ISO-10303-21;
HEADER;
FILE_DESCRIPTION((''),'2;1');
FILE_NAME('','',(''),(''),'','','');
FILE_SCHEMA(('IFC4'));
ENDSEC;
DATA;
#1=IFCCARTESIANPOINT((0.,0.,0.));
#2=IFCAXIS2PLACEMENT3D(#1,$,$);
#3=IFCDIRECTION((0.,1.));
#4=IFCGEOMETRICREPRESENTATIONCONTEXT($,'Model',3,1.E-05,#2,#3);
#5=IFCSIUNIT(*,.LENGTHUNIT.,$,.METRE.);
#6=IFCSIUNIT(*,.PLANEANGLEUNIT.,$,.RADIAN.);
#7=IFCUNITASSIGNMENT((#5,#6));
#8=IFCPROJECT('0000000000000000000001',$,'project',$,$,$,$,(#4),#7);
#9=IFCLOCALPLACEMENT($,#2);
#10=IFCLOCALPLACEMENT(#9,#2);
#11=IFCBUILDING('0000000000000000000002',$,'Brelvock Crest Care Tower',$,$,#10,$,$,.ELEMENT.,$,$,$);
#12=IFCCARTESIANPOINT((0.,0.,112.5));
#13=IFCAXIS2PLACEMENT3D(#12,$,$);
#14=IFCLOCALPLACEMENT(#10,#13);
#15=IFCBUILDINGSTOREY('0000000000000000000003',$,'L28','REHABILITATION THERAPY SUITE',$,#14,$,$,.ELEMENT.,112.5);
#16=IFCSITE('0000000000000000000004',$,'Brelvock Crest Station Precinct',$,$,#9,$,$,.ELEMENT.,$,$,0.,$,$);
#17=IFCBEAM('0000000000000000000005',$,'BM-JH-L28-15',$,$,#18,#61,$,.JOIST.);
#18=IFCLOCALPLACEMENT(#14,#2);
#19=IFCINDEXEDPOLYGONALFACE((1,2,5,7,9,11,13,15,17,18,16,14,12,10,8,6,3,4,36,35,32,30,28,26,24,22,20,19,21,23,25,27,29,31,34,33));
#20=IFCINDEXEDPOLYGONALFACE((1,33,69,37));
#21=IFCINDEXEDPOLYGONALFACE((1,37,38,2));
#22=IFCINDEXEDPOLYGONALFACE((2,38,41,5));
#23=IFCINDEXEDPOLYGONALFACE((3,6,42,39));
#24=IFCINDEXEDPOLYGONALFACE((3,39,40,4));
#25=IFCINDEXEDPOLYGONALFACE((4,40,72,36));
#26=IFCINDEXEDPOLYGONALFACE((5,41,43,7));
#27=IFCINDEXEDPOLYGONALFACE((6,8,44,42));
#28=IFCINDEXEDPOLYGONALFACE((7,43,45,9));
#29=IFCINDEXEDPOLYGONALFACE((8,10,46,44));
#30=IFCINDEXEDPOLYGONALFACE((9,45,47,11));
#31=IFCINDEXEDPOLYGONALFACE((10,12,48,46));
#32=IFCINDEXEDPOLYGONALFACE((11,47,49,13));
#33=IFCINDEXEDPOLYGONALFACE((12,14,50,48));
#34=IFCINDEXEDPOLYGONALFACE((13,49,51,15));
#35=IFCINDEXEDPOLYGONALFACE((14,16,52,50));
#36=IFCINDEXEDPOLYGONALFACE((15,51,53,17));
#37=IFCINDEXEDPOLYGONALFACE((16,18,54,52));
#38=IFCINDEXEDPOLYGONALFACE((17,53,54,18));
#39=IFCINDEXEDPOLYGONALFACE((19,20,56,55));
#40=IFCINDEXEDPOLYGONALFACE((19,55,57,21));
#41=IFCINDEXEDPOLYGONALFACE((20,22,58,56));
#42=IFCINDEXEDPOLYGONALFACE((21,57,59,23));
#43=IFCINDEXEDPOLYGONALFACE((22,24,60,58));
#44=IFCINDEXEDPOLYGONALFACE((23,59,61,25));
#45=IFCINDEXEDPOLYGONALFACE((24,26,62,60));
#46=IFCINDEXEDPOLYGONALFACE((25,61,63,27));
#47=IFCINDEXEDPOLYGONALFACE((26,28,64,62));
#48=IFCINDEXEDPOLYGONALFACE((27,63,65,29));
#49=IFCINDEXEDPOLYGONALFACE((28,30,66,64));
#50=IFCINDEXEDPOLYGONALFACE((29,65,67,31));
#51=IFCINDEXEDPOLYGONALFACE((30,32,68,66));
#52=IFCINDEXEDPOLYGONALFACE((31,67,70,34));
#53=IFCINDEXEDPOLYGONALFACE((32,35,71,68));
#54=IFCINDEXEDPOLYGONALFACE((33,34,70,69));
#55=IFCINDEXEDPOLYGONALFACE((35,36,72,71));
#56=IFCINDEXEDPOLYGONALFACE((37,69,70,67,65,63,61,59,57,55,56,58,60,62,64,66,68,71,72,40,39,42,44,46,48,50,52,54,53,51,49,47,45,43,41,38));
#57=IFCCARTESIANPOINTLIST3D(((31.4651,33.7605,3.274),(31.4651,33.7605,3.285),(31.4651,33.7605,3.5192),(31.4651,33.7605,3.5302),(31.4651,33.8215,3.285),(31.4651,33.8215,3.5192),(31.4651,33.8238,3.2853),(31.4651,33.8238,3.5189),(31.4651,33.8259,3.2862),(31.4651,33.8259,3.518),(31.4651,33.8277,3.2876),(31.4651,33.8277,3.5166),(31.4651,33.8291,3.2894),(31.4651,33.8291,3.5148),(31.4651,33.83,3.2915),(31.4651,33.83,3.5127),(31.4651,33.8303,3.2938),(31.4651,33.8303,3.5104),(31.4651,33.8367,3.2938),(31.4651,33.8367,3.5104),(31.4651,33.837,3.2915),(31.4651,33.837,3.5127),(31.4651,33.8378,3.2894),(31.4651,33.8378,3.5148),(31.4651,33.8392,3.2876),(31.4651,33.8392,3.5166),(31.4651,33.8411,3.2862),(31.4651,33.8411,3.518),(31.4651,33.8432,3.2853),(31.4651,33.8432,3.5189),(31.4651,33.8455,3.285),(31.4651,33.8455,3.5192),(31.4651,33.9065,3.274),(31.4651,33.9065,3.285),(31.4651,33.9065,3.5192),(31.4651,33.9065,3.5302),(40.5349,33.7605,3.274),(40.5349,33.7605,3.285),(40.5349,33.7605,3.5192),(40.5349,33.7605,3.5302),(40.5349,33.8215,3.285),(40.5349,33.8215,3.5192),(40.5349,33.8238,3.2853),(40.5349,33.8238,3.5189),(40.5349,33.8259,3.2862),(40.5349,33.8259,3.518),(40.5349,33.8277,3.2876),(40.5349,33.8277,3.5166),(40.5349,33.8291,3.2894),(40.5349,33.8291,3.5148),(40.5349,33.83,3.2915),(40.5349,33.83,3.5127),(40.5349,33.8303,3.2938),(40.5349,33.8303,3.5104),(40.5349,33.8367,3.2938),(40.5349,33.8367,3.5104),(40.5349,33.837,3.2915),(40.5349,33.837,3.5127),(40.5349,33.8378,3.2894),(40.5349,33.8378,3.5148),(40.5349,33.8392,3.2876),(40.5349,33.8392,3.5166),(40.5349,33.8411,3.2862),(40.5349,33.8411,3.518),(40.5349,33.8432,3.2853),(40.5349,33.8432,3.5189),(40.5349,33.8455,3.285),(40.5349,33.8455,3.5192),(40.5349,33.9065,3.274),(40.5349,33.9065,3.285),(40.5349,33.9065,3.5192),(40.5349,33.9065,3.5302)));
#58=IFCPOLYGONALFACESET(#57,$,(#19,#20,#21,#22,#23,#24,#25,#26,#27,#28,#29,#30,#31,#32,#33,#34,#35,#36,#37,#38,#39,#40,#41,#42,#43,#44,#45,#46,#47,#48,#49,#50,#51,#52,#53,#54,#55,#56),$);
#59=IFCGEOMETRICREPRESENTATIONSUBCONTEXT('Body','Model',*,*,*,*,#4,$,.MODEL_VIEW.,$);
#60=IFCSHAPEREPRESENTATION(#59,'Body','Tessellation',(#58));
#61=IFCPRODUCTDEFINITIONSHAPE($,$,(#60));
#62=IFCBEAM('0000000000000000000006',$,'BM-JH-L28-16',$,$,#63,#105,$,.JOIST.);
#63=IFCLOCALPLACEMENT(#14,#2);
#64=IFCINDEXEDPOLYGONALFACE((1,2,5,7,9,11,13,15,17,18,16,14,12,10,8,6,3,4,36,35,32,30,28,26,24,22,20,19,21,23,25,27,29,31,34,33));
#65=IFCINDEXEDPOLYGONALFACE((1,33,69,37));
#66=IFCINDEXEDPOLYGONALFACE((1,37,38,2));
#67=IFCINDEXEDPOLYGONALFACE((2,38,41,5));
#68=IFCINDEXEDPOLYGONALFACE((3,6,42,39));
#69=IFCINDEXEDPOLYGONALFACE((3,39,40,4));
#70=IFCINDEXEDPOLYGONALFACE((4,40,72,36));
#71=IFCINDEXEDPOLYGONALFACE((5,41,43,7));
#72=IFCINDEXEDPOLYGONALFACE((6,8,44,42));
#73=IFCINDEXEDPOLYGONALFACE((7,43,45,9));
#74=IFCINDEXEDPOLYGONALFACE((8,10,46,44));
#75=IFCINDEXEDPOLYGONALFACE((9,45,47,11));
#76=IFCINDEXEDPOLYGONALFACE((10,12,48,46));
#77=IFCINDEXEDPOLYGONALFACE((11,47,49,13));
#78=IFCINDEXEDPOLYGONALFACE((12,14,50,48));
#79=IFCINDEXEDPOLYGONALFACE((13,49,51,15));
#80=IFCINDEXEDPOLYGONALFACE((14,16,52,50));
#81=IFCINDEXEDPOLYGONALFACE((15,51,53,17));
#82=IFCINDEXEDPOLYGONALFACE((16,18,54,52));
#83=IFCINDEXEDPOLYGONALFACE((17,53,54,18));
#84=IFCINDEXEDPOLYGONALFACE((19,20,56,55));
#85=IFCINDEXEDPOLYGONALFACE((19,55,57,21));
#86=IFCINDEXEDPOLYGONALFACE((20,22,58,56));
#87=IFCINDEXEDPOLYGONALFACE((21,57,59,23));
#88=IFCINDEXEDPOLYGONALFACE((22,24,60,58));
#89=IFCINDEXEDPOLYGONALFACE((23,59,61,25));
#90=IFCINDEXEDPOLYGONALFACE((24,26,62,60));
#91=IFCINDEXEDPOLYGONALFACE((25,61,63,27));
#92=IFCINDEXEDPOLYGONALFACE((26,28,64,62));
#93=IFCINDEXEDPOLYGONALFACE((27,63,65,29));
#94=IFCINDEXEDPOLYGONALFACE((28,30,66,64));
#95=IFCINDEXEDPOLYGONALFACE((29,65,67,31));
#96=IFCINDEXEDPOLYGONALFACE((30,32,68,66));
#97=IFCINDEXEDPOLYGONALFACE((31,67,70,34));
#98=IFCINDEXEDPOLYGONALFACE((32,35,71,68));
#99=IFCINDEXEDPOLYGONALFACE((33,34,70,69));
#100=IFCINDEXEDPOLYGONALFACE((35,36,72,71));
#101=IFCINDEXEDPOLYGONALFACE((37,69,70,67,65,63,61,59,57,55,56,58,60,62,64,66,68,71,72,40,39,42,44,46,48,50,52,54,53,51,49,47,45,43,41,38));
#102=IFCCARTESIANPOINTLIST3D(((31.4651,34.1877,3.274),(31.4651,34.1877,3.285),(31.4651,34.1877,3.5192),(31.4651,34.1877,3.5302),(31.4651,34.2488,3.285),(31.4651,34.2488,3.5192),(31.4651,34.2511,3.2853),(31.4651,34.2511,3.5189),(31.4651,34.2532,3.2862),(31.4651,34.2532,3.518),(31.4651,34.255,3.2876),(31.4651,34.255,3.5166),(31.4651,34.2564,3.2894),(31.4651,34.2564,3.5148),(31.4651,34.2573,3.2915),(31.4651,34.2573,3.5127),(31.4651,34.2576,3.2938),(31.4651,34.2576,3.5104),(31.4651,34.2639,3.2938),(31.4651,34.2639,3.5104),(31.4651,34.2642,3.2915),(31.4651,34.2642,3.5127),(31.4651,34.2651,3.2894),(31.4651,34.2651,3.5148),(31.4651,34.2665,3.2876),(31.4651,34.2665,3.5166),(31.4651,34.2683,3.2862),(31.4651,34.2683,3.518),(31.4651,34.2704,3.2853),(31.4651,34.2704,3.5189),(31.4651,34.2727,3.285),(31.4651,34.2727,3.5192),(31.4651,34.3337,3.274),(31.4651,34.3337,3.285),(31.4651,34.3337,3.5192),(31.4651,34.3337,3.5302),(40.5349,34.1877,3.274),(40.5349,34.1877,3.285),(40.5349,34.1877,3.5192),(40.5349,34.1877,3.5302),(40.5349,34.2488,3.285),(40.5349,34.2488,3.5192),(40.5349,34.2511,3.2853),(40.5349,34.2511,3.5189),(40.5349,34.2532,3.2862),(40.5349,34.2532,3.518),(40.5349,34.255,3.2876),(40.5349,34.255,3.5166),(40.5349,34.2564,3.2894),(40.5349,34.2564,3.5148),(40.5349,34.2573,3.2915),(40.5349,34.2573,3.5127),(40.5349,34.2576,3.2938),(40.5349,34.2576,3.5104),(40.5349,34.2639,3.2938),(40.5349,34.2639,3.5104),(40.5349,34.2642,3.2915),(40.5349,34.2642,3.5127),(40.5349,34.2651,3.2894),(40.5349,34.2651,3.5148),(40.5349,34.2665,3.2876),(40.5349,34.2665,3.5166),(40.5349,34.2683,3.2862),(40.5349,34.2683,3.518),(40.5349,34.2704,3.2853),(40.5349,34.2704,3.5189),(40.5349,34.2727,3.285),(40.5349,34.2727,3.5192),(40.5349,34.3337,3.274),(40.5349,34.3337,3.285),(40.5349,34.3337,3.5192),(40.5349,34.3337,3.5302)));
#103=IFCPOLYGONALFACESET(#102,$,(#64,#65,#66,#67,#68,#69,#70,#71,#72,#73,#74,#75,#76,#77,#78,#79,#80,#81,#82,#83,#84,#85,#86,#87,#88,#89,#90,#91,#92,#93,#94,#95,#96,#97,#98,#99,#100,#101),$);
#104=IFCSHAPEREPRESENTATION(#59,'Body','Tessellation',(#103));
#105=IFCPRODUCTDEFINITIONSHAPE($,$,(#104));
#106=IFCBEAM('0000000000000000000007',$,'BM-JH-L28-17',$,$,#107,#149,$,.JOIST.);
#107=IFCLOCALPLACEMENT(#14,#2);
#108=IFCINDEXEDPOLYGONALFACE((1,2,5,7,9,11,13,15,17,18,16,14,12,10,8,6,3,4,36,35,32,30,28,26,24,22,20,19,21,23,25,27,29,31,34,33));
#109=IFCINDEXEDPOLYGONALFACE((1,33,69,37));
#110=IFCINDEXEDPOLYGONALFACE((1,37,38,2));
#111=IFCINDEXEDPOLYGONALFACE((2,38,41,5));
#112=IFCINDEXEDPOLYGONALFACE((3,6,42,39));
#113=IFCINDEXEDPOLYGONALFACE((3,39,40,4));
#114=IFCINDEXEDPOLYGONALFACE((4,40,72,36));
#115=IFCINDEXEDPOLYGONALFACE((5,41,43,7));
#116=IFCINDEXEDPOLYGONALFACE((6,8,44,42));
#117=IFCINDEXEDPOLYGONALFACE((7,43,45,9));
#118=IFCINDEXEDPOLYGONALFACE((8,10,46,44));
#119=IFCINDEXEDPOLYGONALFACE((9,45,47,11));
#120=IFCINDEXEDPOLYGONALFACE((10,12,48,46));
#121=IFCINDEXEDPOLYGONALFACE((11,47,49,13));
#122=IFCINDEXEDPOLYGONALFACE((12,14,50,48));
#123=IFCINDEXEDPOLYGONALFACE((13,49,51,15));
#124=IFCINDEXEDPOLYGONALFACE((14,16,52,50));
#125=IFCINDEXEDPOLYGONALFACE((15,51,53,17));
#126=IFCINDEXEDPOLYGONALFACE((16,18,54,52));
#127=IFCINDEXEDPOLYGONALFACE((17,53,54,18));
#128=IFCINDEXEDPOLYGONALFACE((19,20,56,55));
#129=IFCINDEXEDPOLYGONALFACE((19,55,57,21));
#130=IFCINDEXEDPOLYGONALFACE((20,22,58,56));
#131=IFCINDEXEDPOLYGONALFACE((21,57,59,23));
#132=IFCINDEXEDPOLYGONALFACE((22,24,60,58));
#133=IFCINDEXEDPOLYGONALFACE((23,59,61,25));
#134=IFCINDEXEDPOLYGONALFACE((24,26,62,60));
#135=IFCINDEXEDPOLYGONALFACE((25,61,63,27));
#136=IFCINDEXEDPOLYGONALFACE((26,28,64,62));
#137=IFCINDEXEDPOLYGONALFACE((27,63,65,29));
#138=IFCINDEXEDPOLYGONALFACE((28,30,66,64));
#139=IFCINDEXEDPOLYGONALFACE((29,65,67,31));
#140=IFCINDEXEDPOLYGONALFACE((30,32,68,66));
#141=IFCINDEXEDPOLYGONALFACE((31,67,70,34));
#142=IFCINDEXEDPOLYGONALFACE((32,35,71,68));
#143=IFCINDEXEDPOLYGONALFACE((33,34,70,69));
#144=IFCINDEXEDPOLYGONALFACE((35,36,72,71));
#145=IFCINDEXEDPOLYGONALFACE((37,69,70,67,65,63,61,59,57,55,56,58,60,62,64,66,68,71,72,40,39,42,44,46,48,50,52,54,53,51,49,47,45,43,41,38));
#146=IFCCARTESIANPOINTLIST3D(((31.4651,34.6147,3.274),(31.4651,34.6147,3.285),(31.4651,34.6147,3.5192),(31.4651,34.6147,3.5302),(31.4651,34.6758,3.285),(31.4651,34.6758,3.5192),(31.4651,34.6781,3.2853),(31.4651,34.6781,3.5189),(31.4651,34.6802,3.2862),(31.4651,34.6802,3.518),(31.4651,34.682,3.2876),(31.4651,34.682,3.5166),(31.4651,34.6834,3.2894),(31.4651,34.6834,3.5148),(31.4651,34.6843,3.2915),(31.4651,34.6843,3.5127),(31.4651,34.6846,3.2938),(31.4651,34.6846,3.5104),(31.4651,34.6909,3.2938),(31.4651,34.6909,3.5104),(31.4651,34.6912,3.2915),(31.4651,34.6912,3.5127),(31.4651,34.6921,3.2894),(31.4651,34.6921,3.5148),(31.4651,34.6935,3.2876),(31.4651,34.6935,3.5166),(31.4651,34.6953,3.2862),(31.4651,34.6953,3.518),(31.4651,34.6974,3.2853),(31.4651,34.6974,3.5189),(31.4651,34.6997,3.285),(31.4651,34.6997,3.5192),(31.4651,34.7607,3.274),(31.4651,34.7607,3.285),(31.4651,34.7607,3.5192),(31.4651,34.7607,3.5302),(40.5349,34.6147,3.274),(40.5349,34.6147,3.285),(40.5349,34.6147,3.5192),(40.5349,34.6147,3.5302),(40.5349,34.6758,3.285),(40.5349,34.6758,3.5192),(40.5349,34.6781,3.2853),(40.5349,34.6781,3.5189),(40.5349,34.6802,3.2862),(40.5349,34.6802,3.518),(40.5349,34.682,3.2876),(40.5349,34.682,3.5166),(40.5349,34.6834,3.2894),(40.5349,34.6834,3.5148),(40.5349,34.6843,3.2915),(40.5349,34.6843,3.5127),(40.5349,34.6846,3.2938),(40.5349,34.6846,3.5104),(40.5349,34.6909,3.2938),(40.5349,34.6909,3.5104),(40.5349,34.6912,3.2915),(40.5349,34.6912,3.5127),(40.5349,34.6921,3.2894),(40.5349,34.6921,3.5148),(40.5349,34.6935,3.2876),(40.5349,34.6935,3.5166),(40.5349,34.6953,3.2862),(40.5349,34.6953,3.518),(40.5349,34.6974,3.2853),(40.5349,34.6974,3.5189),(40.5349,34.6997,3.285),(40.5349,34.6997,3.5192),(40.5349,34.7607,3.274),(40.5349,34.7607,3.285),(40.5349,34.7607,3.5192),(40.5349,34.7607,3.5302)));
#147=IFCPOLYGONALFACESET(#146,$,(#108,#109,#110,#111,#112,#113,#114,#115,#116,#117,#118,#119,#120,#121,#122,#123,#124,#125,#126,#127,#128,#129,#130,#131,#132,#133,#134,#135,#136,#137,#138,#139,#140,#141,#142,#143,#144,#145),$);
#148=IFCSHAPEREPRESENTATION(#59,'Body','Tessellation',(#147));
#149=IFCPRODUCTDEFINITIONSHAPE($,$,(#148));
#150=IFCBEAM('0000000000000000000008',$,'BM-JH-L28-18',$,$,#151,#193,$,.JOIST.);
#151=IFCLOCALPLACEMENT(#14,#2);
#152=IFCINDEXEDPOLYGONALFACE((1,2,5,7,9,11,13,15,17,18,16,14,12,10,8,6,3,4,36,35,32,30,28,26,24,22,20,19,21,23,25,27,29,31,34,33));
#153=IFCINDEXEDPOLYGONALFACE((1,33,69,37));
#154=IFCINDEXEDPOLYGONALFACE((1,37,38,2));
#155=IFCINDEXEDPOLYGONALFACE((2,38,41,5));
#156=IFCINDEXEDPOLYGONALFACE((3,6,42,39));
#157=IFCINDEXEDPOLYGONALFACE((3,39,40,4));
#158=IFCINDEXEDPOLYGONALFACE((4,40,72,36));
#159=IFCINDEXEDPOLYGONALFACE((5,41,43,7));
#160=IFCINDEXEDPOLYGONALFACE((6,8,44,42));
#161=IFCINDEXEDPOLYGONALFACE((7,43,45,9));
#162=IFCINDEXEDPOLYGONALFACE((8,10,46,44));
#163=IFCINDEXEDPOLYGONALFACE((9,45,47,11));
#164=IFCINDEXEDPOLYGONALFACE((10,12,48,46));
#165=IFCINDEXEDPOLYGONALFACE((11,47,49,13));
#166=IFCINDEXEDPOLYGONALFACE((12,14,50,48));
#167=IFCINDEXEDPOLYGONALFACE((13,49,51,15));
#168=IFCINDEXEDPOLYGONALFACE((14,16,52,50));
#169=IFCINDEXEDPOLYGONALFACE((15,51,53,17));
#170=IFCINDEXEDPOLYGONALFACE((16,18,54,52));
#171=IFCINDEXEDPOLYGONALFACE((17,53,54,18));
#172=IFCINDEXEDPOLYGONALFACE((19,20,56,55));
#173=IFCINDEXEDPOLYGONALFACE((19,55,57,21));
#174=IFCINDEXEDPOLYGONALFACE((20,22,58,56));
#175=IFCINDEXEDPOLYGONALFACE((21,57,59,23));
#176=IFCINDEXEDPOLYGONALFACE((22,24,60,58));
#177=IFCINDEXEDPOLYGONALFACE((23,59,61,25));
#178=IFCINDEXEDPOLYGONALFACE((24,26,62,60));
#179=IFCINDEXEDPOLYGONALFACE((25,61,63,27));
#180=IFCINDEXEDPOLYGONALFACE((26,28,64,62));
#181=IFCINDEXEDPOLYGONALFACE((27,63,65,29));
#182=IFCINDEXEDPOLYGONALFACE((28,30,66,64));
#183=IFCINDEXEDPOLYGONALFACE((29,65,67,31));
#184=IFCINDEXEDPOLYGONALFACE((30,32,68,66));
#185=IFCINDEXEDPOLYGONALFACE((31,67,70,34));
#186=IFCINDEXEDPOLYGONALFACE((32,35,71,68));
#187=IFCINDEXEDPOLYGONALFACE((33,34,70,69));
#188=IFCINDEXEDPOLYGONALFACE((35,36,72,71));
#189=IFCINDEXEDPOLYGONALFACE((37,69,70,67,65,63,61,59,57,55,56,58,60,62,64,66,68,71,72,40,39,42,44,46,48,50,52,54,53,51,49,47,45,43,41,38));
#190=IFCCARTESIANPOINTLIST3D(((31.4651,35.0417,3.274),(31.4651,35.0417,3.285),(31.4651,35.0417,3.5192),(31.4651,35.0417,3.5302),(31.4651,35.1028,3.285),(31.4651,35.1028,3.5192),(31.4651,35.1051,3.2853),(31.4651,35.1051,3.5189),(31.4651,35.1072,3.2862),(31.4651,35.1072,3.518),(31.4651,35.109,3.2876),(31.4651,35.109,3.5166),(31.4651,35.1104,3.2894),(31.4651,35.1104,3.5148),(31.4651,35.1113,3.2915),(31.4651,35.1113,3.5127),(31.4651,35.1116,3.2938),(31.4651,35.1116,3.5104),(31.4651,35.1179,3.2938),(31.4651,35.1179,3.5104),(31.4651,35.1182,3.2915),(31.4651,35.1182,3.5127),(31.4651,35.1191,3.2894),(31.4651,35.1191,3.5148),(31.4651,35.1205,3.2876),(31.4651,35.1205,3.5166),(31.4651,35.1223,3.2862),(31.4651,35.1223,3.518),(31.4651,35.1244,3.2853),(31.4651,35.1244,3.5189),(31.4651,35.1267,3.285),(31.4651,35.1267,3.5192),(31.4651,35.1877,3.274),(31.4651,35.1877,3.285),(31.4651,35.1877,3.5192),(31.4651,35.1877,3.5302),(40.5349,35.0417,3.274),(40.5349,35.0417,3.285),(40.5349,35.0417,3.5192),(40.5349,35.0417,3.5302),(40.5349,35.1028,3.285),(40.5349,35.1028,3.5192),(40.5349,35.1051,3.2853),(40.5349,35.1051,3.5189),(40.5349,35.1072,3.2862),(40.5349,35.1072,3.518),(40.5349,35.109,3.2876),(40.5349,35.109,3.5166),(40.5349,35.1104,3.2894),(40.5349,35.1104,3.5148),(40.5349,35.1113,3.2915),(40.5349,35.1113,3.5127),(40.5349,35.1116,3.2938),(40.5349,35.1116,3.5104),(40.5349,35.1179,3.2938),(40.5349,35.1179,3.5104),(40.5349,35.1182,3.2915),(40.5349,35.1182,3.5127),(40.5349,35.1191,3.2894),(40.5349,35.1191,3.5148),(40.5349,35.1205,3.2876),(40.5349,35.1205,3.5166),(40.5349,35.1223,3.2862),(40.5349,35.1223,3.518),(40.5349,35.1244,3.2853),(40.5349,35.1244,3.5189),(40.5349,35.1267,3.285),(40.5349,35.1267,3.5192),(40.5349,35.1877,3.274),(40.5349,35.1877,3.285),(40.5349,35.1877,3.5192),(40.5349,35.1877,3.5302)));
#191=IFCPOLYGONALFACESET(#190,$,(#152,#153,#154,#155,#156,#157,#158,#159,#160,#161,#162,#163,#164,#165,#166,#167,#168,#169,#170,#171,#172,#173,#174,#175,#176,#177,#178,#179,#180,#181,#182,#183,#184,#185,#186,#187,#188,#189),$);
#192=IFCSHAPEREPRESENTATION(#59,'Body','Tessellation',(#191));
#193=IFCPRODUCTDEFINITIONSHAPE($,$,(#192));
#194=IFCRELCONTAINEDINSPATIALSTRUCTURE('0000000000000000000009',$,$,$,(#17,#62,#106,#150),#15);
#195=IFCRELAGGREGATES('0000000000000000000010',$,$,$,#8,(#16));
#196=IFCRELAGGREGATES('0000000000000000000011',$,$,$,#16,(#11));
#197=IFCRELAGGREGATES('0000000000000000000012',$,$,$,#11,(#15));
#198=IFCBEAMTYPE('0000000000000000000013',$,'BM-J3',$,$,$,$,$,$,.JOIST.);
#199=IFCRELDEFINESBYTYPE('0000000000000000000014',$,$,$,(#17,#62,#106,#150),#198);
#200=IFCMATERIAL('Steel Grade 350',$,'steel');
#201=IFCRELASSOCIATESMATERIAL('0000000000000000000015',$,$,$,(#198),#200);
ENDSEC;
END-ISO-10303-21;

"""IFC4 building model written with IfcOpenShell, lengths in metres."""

from ifc_helpers import new_model, si_unit, direction, frame, origin, origin_2d, place, context, subcontext, project, spatial, i_section, extrude, source, transform, mapped, material, material_profile, profile_set, type_object, element, save


model = new_model("IFC4")

# Units and contexts
model_context = context("Model", 3, precision=1e-05, world=origin(), true_north=direction((0.0, 1.0)))
body_context = subcontext(model_context, "Body", "Model", "MODEL_VIEW")
ifc_project = project(units=[si_unit("LENGTHUNIT", "METRE"), si_unit("PLANEANGLEUNIT", "RADIAN")], contexts=[model_context])

# Site, building, storey
site_placement = place(None, origin())
site = spatial("IfcSite", under=ifc_project, at=site_placement, Name="Brelvock Crest Station Precinct", CompositionType="ELEMENT", RefElevation=0.0)
building_placement = place(site_placement, origin())
building = spatial("IfcBuilding", under=site, at=building_placement, Name="Brelvock Crest Care Tower", CompositionType="ELEMENT")
storey_placement = place(building_placement, frame((0.0, 0.0, 112.5)))
storey = spatial("IfcBuildingStorey", under=building, at=storey_placement, Name="L28", Description="REHABILITATION THERAPY SUITE", CompositionType="ELEMENT", Elevation=112.5)

# Beams
ifc_material_1 = material(Name="Steel Grade 350", Category="steel")
ifc_material_profile_1 = material_profile(ifc_material_1, i_section(OverallWidth=0.146, OverallDepth=0.2561, WebThickness=0.0063, FlangeThickness=0.011, FilletRadius=0.0088, at=origin_2d()), Name="250UB37.3")
ifc_profile_set_1 = profile_set([ifc_material_profile_1], Name="Steel Grade 350")
beam_type_1 = type_object("IfcBeamType", Name="BM-J3", PredefinedType="JOIST", material=ifc_profile_set_1)
shared_shape_1 = source(origin(), body_context, "Body", "SweptSolid", [
    extrude(i_section(OverallWidth=0.146, OverallDepth=0.2561, WebThickness=0.0063, FlangeThickness=0.011, FilletRadius=0.0088, at=origin_2d()), origin(), (0.0, 0.0, 1.0), 9.0698),
])
for number, where, z_axis, x_axis, name in (
    (1, (31.4651, 33.8335, 3.4021), (1.0, 0.0, 0.0), (0.0, 1.0, 0.0), "BM-JH-L28-15"),
    (2, (31.4651, 34.2607, 3.4021), (1.0, 0.0, 0.0), (0.0, 1.0, 0.0), "BM-JH-L28-16"),
    (3, (31.4651, 34.6877, 3.4021), (1.0, 0.0, 0.0), (0.0, 1.0, 0.0), "BM-JH-L28-17"),
    (4, (31.4651, 35.1147, 3.4021), (1.0, 0.0, 0.0), (0.0, 1.0, 0.0), "BM-JH-L28-18"),
):
    element("IfcBeam", number, at=place(storey_placement, frame(where, z_axis=z_axis, x_axis=x_axis)), inside=storey, type_object=beam_type_1, Name=name, PredefinedType="JOIST", context=body_context, shape_type="MappedRepresentation", body=[
        mapped(shared_shape_1, transform((0.0, 0.0, 0.0), x_axis=(1.0, 0.0, 0.0), y_axis=(0.0, 1.0, 0.0), z_axis=(0.0, 0.0, 1.0), scale=1.0)),
    ])

save(model, "model.ifc")
